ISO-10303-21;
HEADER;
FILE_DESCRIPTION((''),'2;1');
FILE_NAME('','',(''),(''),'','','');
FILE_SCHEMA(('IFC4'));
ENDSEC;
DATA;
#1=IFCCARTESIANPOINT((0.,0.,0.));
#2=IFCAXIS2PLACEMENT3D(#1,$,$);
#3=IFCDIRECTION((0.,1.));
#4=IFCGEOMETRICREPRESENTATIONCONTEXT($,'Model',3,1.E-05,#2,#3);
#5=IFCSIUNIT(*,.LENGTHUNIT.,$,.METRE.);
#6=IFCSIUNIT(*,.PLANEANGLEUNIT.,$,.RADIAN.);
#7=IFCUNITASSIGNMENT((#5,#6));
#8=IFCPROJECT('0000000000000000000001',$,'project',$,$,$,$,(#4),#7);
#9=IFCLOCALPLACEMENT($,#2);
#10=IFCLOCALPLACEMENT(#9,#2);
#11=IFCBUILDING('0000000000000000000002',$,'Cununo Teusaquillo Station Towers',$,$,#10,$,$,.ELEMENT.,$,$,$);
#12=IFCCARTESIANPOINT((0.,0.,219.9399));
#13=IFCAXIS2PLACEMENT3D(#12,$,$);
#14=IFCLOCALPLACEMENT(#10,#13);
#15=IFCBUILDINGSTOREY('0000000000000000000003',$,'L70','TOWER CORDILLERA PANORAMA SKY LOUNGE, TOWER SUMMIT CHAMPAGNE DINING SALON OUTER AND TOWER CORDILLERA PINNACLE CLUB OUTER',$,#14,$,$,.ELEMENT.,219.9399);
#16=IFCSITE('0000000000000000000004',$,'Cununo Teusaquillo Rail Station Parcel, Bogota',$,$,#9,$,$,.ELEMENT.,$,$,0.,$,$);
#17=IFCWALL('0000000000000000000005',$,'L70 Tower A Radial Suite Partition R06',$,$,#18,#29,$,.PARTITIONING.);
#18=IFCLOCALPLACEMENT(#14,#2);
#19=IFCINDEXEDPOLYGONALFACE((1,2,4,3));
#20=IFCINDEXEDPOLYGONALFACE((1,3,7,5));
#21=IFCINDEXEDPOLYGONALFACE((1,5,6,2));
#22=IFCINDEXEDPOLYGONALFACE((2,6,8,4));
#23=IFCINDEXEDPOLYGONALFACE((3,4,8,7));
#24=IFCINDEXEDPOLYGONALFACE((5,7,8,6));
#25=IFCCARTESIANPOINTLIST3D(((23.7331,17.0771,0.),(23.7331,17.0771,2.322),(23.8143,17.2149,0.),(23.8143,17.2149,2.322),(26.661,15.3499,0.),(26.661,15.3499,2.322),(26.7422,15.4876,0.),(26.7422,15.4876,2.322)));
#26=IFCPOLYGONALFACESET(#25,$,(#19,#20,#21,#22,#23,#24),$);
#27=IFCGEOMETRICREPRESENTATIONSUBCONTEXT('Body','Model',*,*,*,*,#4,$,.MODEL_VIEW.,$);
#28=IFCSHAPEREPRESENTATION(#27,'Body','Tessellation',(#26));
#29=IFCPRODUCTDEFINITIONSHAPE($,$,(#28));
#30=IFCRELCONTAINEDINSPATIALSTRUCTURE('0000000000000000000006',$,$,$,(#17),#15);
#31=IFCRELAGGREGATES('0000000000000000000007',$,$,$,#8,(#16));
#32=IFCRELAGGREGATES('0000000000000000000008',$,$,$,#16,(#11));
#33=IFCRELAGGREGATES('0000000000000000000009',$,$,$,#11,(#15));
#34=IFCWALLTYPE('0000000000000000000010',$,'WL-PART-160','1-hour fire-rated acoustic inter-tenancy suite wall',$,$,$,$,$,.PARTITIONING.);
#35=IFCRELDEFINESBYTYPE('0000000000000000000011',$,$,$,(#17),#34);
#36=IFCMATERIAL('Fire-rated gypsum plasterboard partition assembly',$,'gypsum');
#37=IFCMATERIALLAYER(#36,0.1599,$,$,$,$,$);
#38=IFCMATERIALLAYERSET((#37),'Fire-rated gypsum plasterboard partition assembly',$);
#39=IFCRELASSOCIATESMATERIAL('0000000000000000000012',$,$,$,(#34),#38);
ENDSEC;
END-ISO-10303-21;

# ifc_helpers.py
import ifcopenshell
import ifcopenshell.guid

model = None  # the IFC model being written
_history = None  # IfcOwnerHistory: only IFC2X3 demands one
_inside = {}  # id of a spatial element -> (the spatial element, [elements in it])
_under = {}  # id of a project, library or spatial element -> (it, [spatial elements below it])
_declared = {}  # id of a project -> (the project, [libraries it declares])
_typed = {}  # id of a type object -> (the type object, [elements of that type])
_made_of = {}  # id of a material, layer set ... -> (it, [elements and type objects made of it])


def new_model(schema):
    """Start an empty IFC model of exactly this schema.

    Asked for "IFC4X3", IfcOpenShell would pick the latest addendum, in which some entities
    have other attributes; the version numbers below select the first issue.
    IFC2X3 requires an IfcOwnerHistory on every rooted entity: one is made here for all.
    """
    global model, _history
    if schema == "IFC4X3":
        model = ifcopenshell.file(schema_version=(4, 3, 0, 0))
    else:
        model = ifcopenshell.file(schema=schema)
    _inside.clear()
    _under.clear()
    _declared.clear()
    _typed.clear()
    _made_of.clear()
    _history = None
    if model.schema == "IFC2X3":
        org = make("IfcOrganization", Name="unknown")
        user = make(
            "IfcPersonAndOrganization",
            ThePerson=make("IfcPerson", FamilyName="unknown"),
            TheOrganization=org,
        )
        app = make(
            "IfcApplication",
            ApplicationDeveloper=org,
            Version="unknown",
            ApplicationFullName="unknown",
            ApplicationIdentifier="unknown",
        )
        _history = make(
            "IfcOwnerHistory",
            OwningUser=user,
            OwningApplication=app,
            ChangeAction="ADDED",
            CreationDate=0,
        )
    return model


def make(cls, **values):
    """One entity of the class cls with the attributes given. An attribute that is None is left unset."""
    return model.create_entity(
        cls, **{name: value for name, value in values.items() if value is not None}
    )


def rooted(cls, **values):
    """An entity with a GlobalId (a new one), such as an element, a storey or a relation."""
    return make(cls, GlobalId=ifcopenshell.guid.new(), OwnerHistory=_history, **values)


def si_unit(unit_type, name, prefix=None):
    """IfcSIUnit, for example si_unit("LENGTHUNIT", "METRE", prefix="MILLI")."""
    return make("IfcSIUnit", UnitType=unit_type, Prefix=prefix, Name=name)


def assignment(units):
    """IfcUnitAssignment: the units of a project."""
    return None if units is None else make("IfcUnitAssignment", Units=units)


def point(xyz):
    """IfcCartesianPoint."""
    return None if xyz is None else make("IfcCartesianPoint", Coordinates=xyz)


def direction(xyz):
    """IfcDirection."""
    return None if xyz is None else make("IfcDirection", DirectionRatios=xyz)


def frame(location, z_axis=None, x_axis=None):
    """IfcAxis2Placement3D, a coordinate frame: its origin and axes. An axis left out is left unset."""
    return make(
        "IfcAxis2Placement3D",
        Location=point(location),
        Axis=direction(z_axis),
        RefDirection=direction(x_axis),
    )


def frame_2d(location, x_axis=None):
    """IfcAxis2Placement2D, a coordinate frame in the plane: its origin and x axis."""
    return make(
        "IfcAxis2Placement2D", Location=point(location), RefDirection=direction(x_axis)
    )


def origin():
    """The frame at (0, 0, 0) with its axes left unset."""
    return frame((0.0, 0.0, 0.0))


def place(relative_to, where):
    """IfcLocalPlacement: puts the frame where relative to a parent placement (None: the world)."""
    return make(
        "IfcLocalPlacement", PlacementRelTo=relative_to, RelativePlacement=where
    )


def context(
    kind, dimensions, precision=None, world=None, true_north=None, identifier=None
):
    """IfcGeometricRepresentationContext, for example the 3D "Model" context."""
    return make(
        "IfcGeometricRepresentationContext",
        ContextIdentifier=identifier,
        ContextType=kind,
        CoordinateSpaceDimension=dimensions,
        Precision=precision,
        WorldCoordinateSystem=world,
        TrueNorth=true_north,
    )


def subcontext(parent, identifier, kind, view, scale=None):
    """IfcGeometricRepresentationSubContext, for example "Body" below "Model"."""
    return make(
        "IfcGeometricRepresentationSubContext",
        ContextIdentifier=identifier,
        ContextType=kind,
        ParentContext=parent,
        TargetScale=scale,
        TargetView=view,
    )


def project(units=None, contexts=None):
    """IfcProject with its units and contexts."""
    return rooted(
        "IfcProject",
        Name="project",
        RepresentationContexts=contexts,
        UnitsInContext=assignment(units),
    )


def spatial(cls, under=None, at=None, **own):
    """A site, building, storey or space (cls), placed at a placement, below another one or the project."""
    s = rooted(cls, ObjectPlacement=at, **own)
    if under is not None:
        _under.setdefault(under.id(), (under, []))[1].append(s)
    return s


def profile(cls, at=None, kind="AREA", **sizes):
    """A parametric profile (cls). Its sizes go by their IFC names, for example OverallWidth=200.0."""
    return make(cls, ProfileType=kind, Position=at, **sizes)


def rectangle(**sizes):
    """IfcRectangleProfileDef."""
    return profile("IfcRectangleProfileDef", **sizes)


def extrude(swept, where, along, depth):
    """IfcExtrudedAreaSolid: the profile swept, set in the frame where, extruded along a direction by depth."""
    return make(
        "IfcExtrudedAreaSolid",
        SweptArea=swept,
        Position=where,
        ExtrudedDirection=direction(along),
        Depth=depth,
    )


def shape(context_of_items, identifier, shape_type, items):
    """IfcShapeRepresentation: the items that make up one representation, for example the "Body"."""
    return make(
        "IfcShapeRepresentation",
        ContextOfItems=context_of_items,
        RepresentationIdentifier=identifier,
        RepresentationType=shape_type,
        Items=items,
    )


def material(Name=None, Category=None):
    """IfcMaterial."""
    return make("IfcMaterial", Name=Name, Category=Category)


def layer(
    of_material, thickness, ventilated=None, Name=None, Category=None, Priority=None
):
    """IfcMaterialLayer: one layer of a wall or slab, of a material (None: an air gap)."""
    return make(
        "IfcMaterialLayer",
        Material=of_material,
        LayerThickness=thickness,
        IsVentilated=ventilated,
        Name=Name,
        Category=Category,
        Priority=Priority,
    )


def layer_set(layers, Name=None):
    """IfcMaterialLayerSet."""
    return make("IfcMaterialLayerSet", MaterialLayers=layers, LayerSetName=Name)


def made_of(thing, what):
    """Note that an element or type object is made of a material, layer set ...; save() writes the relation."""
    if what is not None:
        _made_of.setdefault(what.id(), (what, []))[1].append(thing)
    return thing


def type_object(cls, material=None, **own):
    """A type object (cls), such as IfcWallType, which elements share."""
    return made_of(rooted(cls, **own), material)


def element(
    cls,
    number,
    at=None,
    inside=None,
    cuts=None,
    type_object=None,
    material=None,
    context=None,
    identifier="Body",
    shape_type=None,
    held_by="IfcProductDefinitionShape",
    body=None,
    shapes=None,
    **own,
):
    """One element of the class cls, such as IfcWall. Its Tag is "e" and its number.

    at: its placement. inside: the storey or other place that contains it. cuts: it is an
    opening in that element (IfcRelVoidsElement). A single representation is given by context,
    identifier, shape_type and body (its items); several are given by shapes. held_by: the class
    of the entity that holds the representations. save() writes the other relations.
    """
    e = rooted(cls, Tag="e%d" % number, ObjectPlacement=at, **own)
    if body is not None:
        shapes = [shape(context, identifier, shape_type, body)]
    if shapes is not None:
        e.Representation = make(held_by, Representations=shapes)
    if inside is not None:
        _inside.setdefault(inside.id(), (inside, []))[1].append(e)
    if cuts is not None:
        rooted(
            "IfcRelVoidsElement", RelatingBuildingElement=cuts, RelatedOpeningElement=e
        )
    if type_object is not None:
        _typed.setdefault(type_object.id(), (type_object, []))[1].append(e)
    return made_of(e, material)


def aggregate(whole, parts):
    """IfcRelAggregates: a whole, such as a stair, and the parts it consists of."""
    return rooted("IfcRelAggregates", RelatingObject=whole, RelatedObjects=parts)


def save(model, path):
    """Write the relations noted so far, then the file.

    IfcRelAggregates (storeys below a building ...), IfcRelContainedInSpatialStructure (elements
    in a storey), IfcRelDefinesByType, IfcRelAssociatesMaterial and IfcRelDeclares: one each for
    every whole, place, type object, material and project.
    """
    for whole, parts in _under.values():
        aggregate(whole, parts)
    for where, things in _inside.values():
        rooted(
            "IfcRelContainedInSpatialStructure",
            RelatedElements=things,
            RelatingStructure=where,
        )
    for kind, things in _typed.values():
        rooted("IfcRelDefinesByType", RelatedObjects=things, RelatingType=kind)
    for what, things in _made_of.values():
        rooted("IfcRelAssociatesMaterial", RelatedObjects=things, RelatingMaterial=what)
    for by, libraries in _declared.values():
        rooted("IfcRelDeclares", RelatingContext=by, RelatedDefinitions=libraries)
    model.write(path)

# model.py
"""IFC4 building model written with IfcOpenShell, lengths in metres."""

from ifc_helpers import new_model, si_unit, direction, frame, frame_2d, origin, place, context, subcontext, project, spatial, rectangle, extrude, material, layer, layer_set, type_object, element, save


model = new_model("IFC4")

# Units and contexts
model_context = context("Model", 3, precision=1e-05, world=origin(), true_north=direction((0.0, 1.0)))
body_context = subcontext(model_context, "Body", "Model", "MODEL_VIEW")
ifc_project = project(units=[si_unit("LENGTHUNIT", "METRE"), si_unit("PLANEANGLEUNIT", "RADIAN")], contexts=[model_context])

# Site, building, storey
site_placement = place(None, origin())
site = spatial("IfcSite", under=ifc_project, at=site_placement, Name="Cununo Teusaquillo Rail Station Parcel, Bogota", CompositionType="ELEMENT", RefElevation=0.0)
building_placement = place(site_placement, origin())
building = spatial("IfcBuilding", under=site, at=building_placement, Name="Cununo Teusaquillo Station Towers", CompositionType="ELEMENT")
storey_placement = place(building_placement, frame((0.0, 0.0, 219.9399)))
storey = spatial("IfcBuildingStorey", under=building, at=storey_placement, Name="L70", Description="TOWER CORDILLERA PANORAMA SKY LOUNGE, TOWER SUMMIT CHAMPAGNE DINING SALON OUTER AND TOWER CORDILLERA PINNACLE CLUB OUTER", CompositionType="ELEMENT", Elevation=219.9399)

# Wall
ifc_material_1 = material(Name="Fire-rated gypsum plasterboard partition assembly", Category="gypsum")
ifc_layer_1 = layer(ifc_material_1, 0.1599)
ifc_layer_set_1 = layer_set([ifc_layer_1], Name="Fire-rated gypsum plasterboard partition assembly")
wall_type_1 = type_object("IfcWallType", Name="WL-PART-160", Description="1-hour fire-rated acoustic inter-tenancy suite wall", PredefinedType="PARTITIONING", material=ifc_layer_set_1)
wall_1_placement = place(storey_placement, frame((23.7737, 17.146, 0.0), z_axis=(0.0, 0.0, 1.0), x_axis=(0.861297, -0.508103, 0.0)))
element("IfcWall", 1, at=wall_1_placement, inside=storey, type_object=wall_type_1, Name="L70 Tower A Radial Suite Partition R06", PredefinedType="PARTITIONING", context=body_context, shape_type="SweptSolid", body=[
    extrude(rectangle(XDim=3.3994, YDim=0.1599, at=frame_2d((1.6997, 0.0))), origin(), (0.0, 0.0, 1.0), 2.322),
])

save(model, "model.ifc")
